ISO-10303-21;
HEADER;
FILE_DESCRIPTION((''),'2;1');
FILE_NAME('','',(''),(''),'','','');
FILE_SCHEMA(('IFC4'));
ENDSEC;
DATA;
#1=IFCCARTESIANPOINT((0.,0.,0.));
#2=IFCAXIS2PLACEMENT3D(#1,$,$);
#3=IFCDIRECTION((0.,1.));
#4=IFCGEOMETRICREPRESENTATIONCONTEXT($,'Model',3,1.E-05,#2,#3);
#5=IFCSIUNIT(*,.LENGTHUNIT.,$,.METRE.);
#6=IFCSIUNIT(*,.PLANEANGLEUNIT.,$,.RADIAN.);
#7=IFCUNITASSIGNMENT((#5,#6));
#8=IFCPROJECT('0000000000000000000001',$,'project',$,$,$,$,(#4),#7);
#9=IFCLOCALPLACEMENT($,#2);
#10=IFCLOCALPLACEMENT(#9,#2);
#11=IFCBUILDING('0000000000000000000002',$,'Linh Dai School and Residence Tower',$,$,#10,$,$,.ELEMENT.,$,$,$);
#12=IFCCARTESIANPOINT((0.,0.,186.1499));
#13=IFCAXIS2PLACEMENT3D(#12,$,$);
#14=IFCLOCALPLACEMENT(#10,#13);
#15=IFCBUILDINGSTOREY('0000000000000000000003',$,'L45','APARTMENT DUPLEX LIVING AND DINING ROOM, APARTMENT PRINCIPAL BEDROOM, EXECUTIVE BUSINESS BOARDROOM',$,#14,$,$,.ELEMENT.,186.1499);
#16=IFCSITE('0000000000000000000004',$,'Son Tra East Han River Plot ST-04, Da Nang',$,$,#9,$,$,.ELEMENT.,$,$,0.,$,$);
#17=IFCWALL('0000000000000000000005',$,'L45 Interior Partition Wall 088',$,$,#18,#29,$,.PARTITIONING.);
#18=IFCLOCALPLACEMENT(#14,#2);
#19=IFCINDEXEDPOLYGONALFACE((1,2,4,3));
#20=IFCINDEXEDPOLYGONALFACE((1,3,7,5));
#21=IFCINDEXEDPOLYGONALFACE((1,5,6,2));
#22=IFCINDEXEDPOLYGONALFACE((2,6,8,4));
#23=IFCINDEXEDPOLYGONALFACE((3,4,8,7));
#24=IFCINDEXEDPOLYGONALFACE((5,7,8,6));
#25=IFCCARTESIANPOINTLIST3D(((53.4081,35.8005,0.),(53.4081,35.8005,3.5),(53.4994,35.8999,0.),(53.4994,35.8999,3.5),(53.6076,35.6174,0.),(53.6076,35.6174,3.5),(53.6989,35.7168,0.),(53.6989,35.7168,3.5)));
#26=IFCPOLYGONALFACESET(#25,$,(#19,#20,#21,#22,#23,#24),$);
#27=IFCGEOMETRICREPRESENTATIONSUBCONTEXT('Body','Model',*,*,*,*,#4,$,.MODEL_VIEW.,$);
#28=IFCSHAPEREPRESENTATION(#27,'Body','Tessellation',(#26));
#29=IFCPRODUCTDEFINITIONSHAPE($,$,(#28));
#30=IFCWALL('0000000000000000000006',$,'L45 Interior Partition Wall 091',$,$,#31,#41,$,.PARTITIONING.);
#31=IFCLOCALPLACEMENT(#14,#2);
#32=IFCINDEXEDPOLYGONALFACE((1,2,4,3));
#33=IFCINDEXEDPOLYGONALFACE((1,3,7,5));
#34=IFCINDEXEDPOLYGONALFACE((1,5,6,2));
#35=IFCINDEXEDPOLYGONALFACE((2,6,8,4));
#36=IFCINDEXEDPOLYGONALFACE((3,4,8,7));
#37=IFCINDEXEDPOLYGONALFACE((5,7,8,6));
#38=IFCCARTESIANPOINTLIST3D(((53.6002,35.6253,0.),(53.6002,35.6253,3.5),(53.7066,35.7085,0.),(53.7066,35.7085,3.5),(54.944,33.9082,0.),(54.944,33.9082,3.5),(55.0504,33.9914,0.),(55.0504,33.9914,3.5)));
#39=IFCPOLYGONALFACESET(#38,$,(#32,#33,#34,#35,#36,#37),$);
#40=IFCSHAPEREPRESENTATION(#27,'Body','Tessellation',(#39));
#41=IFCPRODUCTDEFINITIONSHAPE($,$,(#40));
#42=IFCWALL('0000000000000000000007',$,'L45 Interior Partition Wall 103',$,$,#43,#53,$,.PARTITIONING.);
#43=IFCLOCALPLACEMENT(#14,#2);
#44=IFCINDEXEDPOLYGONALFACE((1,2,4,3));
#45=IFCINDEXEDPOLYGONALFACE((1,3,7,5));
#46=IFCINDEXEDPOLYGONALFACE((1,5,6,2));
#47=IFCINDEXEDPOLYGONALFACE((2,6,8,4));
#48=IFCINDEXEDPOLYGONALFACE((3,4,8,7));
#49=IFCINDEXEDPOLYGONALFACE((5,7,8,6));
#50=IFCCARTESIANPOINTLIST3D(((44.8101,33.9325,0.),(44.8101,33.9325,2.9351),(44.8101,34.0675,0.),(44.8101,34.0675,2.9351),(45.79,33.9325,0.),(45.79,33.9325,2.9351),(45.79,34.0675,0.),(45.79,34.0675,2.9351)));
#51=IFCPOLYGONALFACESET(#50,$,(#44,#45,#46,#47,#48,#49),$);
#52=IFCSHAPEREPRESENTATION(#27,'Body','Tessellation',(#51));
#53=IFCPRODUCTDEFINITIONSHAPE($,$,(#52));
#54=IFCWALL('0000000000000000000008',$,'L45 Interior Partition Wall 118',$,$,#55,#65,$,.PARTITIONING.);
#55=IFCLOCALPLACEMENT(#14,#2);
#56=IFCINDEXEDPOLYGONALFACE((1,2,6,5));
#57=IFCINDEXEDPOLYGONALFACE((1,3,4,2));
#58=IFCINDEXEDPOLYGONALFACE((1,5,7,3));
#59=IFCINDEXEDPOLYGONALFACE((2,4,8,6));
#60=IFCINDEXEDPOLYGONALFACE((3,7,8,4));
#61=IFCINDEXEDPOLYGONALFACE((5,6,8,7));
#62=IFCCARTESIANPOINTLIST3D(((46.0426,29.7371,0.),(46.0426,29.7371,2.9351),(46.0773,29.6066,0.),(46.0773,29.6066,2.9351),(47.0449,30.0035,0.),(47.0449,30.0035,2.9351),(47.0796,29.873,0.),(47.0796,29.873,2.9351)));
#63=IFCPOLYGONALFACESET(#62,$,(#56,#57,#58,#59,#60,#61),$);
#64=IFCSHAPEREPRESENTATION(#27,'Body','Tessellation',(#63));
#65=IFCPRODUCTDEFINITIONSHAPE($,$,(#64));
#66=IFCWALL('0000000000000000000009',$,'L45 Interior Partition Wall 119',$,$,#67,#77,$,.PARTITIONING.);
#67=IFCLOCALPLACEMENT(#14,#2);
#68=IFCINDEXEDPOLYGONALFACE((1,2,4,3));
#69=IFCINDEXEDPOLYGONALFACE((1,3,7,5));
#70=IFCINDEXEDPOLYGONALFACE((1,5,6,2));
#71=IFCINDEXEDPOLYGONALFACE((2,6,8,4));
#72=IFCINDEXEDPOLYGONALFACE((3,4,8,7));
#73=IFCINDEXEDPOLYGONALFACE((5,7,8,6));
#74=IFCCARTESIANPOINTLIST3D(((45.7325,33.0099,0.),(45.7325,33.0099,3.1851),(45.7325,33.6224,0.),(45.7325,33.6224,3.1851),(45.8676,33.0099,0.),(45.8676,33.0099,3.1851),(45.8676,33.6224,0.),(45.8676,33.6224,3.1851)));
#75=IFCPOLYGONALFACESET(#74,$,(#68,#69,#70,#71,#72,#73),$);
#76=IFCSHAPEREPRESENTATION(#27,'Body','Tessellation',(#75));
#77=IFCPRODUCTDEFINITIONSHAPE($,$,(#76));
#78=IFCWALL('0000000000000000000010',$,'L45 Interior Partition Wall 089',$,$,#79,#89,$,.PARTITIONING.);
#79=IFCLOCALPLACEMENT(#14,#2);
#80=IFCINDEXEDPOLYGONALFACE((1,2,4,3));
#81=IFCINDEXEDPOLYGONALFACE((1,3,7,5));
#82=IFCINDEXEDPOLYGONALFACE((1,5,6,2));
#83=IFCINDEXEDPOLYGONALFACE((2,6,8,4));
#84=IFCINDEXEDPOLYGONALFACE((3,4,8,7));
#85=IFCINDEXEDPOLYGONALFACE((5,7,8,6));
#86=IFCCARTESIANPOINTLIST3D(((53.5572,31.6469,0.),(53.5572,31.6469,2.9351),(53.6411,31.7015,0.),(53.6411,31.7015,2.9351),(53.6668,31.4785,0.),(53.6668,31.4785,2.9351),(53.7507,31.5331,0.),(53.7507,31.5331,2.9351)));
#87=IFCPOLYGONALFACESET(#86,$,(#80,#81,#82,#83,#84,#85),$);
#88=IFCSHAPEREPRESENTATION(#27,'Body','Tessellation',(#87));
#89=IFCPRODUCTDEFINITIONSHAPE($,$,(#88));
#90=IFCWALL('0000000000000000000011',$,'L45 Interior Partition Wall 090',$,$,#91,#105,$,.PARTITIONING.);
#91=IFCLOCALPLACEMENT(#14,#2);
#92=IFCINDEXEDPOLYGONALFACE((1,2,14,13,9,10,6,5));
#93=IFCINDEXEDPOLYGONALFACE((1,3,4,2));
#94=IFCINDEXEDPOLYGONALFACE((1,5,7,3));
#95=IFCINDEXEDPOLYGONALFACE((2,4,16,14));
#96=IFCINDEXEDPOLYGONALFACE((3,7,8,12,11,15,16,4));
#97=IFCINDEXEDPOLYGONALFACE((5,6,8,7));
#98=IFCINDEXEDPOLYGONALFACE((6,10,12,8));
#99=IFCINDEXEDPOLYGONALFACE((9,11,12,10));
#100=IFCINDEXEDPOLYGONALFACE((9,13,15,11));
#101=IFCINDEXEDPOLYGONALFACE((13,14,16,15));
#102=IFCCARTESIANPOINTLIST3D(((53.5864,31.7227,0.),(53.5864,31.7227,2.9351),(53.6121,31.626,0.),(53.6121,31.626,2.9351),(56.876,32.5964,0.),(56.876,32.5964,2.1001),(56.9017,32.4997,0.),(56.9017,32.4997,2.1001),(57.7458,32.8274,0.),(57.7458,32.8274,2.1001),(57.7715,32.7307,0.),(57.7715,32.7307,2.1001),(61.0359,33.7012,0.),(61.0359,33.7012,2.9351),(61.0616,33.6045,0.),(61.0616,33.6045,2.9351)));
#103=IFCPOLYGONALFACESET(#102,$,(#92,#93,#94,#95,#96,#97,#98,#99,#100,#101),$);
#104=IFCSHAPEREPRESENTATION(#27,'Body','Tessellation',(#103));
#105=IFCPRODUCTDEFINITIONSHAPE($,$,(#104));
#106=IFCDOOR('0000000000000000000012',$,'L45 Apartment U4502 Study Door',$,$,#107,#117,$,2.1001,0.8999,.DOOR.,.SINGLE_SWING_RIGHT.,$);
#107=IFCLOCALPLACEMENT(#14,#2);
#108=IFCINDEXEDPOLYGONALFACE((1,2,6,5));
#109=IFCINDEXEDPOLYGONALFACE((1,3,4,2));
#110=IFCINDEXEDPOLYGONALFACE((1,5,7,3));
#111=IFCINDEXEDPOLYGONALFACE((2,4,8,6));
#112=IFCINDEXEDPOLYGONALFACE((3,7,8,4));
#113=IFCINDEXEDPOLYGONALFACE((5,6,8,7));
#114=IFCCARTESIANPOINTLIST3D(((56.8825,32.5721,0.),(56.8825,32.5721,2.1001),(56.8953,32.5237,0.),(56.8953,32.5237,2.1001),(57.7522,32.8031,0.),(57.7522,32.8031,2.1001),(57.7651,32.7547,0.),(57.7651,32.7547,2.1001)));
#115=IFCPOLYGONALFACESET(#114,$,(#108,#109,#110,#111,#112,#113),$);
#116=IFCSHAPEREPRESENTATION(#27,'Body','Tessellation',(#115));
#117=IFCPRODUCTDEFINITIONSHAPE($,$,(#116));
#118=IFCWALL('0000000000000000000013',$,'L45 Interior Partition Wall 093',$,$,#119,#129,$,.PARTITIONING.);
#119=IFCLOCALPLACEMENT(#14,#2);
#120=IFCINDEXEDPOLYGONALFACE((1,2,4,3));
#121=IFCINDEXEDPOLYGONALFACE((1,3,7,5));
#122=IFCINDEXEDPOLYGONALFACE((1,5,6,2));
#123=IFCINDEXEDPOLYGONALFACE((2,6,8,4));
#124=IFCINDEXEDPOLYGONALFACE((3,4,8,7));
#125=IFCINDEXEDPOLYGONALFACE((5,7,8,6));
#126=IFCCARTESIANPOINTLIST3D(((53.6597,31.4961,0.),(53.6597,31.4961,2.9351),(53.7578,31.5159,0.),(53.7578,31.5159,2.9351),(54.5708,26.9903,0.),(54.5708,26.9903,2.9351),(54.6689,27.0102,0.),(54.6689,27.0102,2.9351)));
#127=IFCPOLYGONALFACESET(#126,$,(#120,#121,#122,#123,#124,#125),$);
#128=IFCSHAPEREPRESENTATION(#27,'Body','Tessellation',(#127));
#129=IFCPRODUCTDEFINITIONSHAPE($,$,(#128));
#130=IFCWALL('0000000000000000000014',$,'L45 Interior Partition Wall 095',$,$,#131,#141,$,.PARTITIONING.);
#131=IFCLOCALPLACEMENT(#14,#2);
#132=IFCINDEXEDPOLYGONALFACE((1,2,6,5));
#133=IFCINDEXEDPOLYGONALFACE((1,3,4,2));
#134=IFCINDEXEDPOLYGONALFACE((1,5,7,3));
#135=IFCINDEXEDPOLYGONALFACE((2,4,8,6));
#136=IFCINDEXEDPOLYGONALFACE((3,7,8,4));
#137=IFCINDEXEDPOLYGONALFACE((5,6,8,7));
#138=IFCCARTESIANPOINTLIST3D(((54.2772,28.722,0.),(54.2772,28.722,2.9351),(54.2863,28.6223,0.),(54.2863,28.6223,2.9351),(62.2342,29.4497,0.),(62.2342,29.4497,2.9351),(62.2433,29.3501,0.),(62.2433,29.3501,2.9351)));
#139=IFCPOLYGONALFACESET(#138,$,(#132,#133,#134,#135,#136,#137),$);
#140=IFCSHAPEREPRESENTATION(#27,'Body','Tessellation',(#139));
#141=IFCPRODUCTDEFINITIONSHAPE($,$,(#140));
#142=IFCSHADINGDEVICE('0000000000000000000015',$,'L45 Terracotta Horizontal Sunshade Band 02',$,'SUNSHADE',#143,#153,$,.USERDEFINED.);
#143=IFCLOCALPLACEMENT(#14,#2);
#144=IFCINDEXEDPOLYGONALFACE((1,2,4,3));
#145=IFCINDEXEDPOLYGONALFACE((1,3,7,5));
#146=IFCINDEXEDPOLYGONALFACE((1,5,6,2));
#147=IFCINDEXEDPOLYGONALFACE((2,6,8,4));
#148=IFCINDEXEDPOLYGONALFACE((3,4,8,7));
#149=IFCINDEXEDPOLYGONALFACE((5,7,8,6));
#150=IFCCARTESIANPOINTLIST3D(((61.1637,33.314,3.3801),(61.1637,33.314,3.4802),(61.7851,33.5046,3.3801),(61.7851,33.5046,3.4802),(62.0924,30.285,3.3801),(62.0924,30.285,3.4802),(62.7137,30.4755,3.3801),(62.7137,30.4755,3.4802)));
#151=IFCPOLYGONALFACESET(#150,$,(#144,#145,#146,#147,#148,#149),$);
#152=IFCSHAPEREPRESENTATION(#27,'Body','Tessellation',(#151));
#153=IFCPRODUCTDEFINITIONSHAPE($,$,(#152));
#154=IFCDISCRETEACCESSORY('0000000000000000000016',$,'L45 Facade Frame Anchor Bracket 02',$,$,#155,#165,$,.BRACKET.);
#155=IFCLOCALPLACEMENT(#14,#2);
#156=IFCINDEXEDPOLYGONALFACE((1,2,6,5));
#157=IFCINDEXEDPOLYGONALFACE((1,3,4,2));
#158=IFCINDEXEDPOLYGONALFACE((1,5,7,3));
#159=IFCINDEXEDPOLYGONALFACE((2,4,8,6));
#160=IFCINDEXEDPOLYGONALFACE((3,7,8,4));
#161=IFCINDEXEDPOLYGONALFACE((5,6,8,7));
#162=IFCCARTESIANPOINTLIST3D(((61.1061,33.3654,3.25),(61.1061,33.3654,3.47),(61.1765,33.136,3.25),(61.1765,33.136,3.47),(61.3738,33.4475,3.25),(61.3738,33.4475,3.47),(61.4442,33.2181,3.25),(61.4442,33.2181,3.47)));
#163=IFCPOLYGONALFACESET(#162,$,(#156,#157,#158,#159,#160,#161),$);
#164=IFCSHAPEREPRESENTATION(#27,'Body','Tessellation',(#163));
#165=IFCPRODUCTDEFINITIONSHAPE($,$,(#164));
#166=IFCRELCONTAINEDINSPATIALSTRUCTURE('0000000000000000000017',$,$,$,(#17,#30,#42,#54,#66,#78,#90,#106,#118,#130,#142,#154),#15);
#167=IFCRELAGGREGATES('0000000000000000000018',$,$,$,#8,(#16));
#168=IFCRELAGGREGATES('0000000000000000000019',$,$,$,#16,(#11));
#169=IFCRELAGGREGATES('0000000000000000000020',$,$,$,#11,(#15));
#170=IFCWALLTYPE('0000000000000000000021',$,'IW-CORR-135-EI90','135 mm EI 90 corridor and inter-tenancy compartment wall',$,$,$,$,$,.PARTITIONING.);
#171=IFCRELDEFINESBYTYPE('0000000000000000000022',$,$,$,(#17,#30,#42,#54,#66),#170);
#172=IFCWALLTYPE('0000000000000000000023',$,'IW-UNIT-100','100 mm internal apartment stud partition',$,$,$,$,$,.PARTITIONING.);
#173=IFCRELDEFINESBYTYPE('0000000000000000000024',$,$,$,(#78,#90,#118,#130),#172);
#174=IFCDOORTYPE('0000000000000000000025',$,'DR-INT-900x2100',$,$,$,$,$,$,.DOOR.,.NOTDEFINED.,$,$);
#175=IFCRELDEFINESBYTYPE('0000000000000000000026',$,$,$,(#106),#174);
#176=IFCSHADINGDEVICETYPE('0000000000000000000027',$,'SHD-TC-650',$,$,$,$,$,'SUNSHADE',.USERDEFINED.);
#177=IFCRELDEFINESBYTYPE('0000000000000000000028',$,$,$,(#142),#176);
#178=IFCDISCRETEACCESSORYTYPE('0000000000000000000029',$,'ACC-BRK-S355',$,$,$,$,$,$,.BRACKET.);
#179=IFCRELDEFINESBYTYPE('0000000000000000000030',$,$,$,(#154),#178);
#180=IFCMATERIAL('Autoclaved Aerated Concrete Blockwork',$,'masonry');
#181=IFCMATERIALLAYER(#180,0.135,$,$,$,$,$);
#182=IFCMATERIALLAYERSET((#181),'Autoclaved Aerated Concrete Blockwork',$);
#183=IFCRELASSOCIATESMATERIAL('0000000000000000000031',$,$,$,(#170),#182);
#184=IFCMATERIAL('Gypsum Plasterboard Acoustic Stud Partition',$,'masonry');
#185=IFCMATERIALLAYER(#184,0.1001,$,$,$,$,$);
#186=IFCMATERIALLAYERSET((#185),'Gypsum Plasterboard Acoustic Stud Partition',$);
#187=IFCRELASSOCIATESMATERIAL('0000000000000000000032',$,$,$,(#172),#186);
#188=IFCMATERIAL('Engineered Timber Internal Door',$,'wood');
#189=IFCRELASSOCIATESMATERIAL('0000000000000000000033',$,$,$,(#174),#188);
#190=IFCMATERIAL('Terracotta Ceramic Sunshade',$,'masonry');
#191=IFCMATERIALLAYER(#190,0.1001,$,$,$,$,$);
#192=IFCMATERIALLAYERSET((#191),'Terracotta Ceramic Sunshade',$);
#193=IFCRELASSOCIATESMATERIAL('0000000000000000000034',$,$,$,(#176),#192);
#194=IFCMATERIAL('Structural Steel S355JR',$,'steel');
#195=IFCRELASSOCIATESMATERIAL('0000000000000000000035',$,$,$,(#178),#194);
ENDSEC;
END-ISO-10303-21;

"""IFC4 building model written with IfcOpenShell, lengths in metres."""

from ifc_helpers import new_model, si_unit, direction, frame, frame_2d, origin, origin_2d, place, context, subcontext, project, spatial, rectangle, extrude, source, transform, mapped, material, layer, layer_set, type_object, element, fill, save


model = new_model("IFC4")

# Units and contexts
model_context = context("Model", 3, precision=1e-05, world=origin(), true_north=direction((0.0, 1.0)))
body_context = subcontext(model_context, "Body", "Model", "MODEL_VIEW")
ifc_project = project(units=[si_unit("LENGTHUNIT", "METRE"), si_unit("PLANEANGLEUNIT", "RADIAN")], contexts=[model_context])

# Site, building, storey
site_placement = place(None, origin())
site = spatial("IfcSite", under=ifc_project, at=site_placement, Name="Son Tra East Han River Plot ST-04, Da Nang", CompositionType="ELEMENT", RefElevation=0.0)
building_placement = place(site_placement, origin())
building = spatial("IfcBuilding", under=site, at=building_placement, Name="Linh Dai School and Residence Tower", CompositionType="ELEMENT")
storey_placement = place(building_placement, frame((0.0, 0.0, 186.1499)))
storey = spatial("IfcBuildingStorey", under=building, at=storey_placement, Name="L45", Description="APARTMENT DUPLEX LIVING AND DINING ROOM, APARTMENT PRINCIPAL BEDROOM, EXECUTIVE BUSINESS BOARDROOM", CompositionType="ELEMENT", Elevation=186.1499)

# Shared definitions
ifc_material_1 = material(Name="Structural Steel S355JR", Category="steel")

# Shared definitions
ifc_material_2 = material(Name="Autoclaved Aerated Concrete Blockwork", Category="masonry")
ifc_layer_1 = layer(ifc_material_2, 0.135)
ifc_layer_set_1 = layer_set([ifc_layer_1], Name="Autoclaved Aerated Concrete Blockwork")
wall_type_1 = type_object("IfcWallType", Name="IW-CORR-135-EI90", Description="135 mm EI 90 corridor and inter-tenancy compartment wall", PredefinedType="PARTITIONING", material=ifc_layer_set_1)

# Walls
wall_1_placement = place(storey_placement, frame((53.4539, 35.8501, 0.0), z_axis=(0.0, 0.0, 1.0), x_axis=(0.736667, -0.676255, 0.0)))
element("IfcWall", 1, at=wall_1_placement, inside=storey, type_object=wall_type_1, Name="L45 Interior Partition Wall 088", PredefinedType="PARTITIONING", context=body_context, shape_type="SweptSolid", body=[
    extrude(rectangle(XDim=0.2708, YDim=0.135, at=frame_2d((0.1353, 0.0))), origin(), (0.0, 0.0, 1.0), 3.5),
])
wall_2_placement = place(storey_placement, frame((53.6533, 35.667, 0.0), z_axis=(0.0, 0.0, 1.0), x_axis=(0.616302, -0.78751, 0.0)))
element("IfcWall", 2, at=wall_2_placement, inside=storey, type_object=wall_type_1, Name="L45 Interior Partition Wall 091", PredefinedType="PARTITIONING", context=body_context, shape_type="SweptSolid", body=[
    extrude(rectangle(XDim=2.1804, YDim=0.135, at=frame_2d((1.0903, 0.0))), origin(), (0.0, 0.0, 1.0), 3.5),
])
wall_3_placement = place(storey_placement, frame((45.79, 34.0, 0.0), z_axis=(0.0, 0.0, 1.0), x_axis=(-1.0, 0.0, 0.0)))
element("IfcWall", 3, at=wall_3_placement, inside=storey, type_object=wall_type_1, Name="L45 Interior Partition Wall 103", PredefinedType="PARTITIONING", context=body_context, shape_type="SweptSolid", body=[
    extrude(rectangle(XDim=0.98, YDim=0.135, at=frame_2d((0.49, 0.0))), origin(), (0.0, 0.0, 1.0), 2.9351),
])
wall_4_placement = place(storey_placement, frame((47.0623, 29.9382, 0.0), z_axis=(0.0, 0.0, 1.0), x_axis=(-0.96645, -0.256857, 0.0)))
element("IfcWall", 4, at=wall_4_placement, inside=storey, type_object=wall_type_1, Name="L45 Interior Partition Wall 118", PredefinedType="PARTITIONING", context=body_context, shape_type="SweptSolid", body=[
    extrude(rectangle(XDim=1.0371, YDim=0.135, at=frame_2d((0.5186, 0.0))), origin(), (0.0, 0.0, 1.0), 2.9351),
])
wall_5_placement = place(storey_placement, frame((45.8, 33.01, 0.0), z_axis=(0.0, 0.0, 1.0), x_axis=(0.0, 1.0, 0.0)))
element("IfcWall", 5, at=wall_5_placement, inside=storey, type_object=wall_type_1, Name="L45 Interior Partition Wall 119", PredefinedType="PARTITIONING", context=body_context, shape_type="SweptSolid", body=[
    extrude(rectangle(XDim=0.6125, YDim=0.135, at=frame_2d((0.3062, 0.0))), origin(), (0.0, 0.0, 1.0), 3.1851),
])
ifc_material_3 = material(Name="Gypsum Plasterboard Acoustic Stud Partition", Category="masonry")
ifc_layer_2 = layer(ifc_material_3, 0.1001)
ifc_layer_set_2 = layer_set([ifc_layer_2], Name="Gypsum Plasterboard Acoustic Stud Partition")
wall_type_2 = type_object("IfcWallType", Name="IW-UNIT-100", Description="100 mm internal apartment stud partition", PredefinedType="PARTITIONING", material=ifc_layer_set_2)
wall_6_placement = place(storey_placement, frame((53.5991, 31.6743, 0.0), z_axis=(0.0, 0.0, 1.0), x_axis=(0.545415, -0.838166, 0.0)))
element("IfcWall", 6, at=wall_6_placement, inside=storey, type_object=wall_type_2, Name="L45 Interior Partition Wall 089", PredefinedType="PARTITIONING", context=body_context, shape_type="SweptSolid", body=[
    extrude(rectangle(XDim=0.2009, YDim=0.1001, at=frame_2d((0.1006, 0.0))), origin(), (0.0, 0.0, 1.0), 2.9351),
])

# Wall, opening, door
wall_7_placement = place(storey_placement, frame((53.5991, 31.6743, 0.0), z_axis=(0.0, 0.0, 1.0), x_axis=(0.966493, 0.256693, 0.0)))
wall_7 = element("IfcWall", 7, at=wall_7_placement, inside=storey, type_object=wall_type_2, Name="L45 Interior Partition Wall 090", PredefinedType="PARTITIONING", context=body_context, shape_type="SweptSolid", body=[
    extrude(rectangle(XDim=7.7078, YDim=0.1001, at=frame_2d((3.854, 0.0))), origin(), (0.0, 0.0, 1.0), 2.9351),
])
opening_1_placement = place(wall_7_placement, frame((3.4038, 0.0, 0.0)))
opening_1 = element("IfcOpeningElement", 8, at=opening_1_placement, cuts=wall_7, PredefinedType="OPENING", context=body_context, shape_type="SweptSolid", body=[
    extrude(rectangle(XDim=0.8999, YDim=2.1001, at=origin_2d()), frame((0.45, 0.0601, 1.05), z_axis=(0.0, -1.0, 0.0), x_axis=(1.0, 0.0, 0.0)), (0.0, 0.0, 1.0), 0.1201),
])
ifc_material_4 = material(Name="Engineered Timber Internal Door", Category="wood")
door_type_1 = type_object("IfcDoorType", Name="DR-INT-900x2100", OperationType="NOTDEFINED", PredefinedType="DOOR", material=ifc_material_4)
shared_shape_1 = source(origin(), body_context, "Body", "SweptSolid", [
    extrude(rectangle(XDim=0.8999, YDim=2.1001, at=origin_2d()), frame((0.45, 0.0249, 1.05), z_axis=(0.0, -1.0, 0.0), x_axis=(1.0, 0.0, 0.0)), (0.0, 0.0, 1.0), 0.05),
])
door_1_placement = place(opening_1_placement, origin())
door_1 = element("IfcDoor", 9, at=door_1_placement, inside=storey, type_object=door_type_1, Name="L45 Apartment U4502 Study Door", OperationType="SINGLE_SWING_RIGHT", OverallHeight=2.1001, OverallWidth=0.8999, PredefinedType="DOOR", context=body_context, shape_type="MappedRepresentation", body=[
    mapped(shared_shape_1, transform((0.0, 0.0, 0.0), x_axis=(1.0, 0.0, 0.0), y_axis=(0.0, 1.0, 0.0), z_axis=(0.0, 0.0, 1.0), scale=1.0)),
])
fill(opening_1, door_1)

# Walls
wall_8_placement = place(storey_placement, frame((53.7087, 31.5059, 0.0), z_axis=(0.0, 0.0, 1.0), x_axis=(0.198209, -0.98016, 0.0)))
element("IfcWall", 10, at=wall_8_placement, inside=storey, type_object=wall_type_2, Name="L45 Interior Partition Wall 093", PredefinedType="PARTITIONING", context=body_context, shape_type="SweptSolid", body=[
    extrude(rectangle(XDim=4.5969, YDim=0.1001, at=frame_2d((2.2983, 0.0))), origin(), (0.0, 0.0, 1.0), 2.9351),
])
wall_9_placement = place(storey_placement, frame((54.2817, 28.6721, 0.0), z_axis=(0.0, 0.0, 1.0), x_axis=(0.995843, 0.091084, 0.0)))
element("IfcWall", 11, at=wall_9_placement, inside=storey, type_object=wall_type_2, Name="L45 Interior Partition Wall 095", PredefinedType="PARTITIONING", context=body_context, shape_type="SweptSolid", body=[
    extrude(rectangle(XDim=7.9902, YDim=0.1001, at=frame_2d((3.9951, 0.0))), origin(), (0.0, 0.0, 1.0), 2.9351),
])

# Shading device
ifc_material_5 = material(Name="Terracotta Ceramic Sunshade", Category="masonry")
ifc_layer_3 = layer(ifc_material_5, 0.1001)
ifc_layer_set_3 = layer_set([ifc_layer_3], Name="Terracotta Ceramic Sunshade")
shading_device_type = type_object("IfcShadingDeviceType", Name="SHD-TC-650", ElementType="SUNSHADE", PredefinedType="USERDEFINED", material=ifc_layer_set_3)
shared_shape_2 = source(origin(), body_context, "Body", "SweptSolid", [
    extrude(rectangle(XDim=3.1682, YDim=0.6499, at=origin_2d()), origin(), (0.0, 0.0, 1.0), 0.1001),
])
shading_device_placement = place(storey_placement, frame((61.9387, 31.8948, 3.3801), z_axis=(0.0, 0.0, 1.0), x_axis=(0.293122, -0.956075, 0.0)))
element("IfcShadingDevice", 12, at=shading_device_placement, inside=storey, type_object=shading_device_type, Name="L45 Terracotta Horizontal Sunshade Band 02", ObjectType="SUNSHADE", PredefinedType="USERDEFINED", context=body_context, shape_type="MappedRepresentation", body=[
    mapped(shared_shape_2, transform((0.0, 0.0, 0.0), x_axis=(1.0, 0.0, 0.0), y_axis=(0.0, 1.0, 0.0), z_axis=(0.0, 0.0, 1.0), scale=1.0)),
])

# Discrete accessory
discrete_accessory_type = type_object("IfcDiscreteAccessoryType", Name="ACC-BRK-S355", PredefinedType="BRACKET", material=ifc_material_1)
shared_shape_3 = source(origin(), body_context, "Body", "SweptSolid", [
    extrude(rectangle(XDim=0.28, YDim=0.24, at=origin_2d()), origin(), (0.0, 0.0, 1.0), 0.22),
])
discrete_accessory_placement = place(storey_placement, frame((61.2751, 33.2917, 3.25), z_axis=(0.0, 0.0, 1.0), x_axis=(0.956075, 0.293122, 0.0)))
element("IfcDiscreteAccessory", 13, at=discrete_accessory_placement, inside=storey, type_object=discrete_accessory_type, Name="L45 Facade Frame Anchor Bracket 02", PredefinedType="BRACKET", context=body_context, shape_type="MappedRepresentation", body=[
    mapped(shared_shape_3, transform((0.0, 0.0, 0.0), x_axis=(1.0, 0.0, 0.0), y_axis=(0.0, 1.0, 0.0), z_axis=(0.0, 0.0, 1.0), scale=1.0)),
])

save(model, "model.ifc")
